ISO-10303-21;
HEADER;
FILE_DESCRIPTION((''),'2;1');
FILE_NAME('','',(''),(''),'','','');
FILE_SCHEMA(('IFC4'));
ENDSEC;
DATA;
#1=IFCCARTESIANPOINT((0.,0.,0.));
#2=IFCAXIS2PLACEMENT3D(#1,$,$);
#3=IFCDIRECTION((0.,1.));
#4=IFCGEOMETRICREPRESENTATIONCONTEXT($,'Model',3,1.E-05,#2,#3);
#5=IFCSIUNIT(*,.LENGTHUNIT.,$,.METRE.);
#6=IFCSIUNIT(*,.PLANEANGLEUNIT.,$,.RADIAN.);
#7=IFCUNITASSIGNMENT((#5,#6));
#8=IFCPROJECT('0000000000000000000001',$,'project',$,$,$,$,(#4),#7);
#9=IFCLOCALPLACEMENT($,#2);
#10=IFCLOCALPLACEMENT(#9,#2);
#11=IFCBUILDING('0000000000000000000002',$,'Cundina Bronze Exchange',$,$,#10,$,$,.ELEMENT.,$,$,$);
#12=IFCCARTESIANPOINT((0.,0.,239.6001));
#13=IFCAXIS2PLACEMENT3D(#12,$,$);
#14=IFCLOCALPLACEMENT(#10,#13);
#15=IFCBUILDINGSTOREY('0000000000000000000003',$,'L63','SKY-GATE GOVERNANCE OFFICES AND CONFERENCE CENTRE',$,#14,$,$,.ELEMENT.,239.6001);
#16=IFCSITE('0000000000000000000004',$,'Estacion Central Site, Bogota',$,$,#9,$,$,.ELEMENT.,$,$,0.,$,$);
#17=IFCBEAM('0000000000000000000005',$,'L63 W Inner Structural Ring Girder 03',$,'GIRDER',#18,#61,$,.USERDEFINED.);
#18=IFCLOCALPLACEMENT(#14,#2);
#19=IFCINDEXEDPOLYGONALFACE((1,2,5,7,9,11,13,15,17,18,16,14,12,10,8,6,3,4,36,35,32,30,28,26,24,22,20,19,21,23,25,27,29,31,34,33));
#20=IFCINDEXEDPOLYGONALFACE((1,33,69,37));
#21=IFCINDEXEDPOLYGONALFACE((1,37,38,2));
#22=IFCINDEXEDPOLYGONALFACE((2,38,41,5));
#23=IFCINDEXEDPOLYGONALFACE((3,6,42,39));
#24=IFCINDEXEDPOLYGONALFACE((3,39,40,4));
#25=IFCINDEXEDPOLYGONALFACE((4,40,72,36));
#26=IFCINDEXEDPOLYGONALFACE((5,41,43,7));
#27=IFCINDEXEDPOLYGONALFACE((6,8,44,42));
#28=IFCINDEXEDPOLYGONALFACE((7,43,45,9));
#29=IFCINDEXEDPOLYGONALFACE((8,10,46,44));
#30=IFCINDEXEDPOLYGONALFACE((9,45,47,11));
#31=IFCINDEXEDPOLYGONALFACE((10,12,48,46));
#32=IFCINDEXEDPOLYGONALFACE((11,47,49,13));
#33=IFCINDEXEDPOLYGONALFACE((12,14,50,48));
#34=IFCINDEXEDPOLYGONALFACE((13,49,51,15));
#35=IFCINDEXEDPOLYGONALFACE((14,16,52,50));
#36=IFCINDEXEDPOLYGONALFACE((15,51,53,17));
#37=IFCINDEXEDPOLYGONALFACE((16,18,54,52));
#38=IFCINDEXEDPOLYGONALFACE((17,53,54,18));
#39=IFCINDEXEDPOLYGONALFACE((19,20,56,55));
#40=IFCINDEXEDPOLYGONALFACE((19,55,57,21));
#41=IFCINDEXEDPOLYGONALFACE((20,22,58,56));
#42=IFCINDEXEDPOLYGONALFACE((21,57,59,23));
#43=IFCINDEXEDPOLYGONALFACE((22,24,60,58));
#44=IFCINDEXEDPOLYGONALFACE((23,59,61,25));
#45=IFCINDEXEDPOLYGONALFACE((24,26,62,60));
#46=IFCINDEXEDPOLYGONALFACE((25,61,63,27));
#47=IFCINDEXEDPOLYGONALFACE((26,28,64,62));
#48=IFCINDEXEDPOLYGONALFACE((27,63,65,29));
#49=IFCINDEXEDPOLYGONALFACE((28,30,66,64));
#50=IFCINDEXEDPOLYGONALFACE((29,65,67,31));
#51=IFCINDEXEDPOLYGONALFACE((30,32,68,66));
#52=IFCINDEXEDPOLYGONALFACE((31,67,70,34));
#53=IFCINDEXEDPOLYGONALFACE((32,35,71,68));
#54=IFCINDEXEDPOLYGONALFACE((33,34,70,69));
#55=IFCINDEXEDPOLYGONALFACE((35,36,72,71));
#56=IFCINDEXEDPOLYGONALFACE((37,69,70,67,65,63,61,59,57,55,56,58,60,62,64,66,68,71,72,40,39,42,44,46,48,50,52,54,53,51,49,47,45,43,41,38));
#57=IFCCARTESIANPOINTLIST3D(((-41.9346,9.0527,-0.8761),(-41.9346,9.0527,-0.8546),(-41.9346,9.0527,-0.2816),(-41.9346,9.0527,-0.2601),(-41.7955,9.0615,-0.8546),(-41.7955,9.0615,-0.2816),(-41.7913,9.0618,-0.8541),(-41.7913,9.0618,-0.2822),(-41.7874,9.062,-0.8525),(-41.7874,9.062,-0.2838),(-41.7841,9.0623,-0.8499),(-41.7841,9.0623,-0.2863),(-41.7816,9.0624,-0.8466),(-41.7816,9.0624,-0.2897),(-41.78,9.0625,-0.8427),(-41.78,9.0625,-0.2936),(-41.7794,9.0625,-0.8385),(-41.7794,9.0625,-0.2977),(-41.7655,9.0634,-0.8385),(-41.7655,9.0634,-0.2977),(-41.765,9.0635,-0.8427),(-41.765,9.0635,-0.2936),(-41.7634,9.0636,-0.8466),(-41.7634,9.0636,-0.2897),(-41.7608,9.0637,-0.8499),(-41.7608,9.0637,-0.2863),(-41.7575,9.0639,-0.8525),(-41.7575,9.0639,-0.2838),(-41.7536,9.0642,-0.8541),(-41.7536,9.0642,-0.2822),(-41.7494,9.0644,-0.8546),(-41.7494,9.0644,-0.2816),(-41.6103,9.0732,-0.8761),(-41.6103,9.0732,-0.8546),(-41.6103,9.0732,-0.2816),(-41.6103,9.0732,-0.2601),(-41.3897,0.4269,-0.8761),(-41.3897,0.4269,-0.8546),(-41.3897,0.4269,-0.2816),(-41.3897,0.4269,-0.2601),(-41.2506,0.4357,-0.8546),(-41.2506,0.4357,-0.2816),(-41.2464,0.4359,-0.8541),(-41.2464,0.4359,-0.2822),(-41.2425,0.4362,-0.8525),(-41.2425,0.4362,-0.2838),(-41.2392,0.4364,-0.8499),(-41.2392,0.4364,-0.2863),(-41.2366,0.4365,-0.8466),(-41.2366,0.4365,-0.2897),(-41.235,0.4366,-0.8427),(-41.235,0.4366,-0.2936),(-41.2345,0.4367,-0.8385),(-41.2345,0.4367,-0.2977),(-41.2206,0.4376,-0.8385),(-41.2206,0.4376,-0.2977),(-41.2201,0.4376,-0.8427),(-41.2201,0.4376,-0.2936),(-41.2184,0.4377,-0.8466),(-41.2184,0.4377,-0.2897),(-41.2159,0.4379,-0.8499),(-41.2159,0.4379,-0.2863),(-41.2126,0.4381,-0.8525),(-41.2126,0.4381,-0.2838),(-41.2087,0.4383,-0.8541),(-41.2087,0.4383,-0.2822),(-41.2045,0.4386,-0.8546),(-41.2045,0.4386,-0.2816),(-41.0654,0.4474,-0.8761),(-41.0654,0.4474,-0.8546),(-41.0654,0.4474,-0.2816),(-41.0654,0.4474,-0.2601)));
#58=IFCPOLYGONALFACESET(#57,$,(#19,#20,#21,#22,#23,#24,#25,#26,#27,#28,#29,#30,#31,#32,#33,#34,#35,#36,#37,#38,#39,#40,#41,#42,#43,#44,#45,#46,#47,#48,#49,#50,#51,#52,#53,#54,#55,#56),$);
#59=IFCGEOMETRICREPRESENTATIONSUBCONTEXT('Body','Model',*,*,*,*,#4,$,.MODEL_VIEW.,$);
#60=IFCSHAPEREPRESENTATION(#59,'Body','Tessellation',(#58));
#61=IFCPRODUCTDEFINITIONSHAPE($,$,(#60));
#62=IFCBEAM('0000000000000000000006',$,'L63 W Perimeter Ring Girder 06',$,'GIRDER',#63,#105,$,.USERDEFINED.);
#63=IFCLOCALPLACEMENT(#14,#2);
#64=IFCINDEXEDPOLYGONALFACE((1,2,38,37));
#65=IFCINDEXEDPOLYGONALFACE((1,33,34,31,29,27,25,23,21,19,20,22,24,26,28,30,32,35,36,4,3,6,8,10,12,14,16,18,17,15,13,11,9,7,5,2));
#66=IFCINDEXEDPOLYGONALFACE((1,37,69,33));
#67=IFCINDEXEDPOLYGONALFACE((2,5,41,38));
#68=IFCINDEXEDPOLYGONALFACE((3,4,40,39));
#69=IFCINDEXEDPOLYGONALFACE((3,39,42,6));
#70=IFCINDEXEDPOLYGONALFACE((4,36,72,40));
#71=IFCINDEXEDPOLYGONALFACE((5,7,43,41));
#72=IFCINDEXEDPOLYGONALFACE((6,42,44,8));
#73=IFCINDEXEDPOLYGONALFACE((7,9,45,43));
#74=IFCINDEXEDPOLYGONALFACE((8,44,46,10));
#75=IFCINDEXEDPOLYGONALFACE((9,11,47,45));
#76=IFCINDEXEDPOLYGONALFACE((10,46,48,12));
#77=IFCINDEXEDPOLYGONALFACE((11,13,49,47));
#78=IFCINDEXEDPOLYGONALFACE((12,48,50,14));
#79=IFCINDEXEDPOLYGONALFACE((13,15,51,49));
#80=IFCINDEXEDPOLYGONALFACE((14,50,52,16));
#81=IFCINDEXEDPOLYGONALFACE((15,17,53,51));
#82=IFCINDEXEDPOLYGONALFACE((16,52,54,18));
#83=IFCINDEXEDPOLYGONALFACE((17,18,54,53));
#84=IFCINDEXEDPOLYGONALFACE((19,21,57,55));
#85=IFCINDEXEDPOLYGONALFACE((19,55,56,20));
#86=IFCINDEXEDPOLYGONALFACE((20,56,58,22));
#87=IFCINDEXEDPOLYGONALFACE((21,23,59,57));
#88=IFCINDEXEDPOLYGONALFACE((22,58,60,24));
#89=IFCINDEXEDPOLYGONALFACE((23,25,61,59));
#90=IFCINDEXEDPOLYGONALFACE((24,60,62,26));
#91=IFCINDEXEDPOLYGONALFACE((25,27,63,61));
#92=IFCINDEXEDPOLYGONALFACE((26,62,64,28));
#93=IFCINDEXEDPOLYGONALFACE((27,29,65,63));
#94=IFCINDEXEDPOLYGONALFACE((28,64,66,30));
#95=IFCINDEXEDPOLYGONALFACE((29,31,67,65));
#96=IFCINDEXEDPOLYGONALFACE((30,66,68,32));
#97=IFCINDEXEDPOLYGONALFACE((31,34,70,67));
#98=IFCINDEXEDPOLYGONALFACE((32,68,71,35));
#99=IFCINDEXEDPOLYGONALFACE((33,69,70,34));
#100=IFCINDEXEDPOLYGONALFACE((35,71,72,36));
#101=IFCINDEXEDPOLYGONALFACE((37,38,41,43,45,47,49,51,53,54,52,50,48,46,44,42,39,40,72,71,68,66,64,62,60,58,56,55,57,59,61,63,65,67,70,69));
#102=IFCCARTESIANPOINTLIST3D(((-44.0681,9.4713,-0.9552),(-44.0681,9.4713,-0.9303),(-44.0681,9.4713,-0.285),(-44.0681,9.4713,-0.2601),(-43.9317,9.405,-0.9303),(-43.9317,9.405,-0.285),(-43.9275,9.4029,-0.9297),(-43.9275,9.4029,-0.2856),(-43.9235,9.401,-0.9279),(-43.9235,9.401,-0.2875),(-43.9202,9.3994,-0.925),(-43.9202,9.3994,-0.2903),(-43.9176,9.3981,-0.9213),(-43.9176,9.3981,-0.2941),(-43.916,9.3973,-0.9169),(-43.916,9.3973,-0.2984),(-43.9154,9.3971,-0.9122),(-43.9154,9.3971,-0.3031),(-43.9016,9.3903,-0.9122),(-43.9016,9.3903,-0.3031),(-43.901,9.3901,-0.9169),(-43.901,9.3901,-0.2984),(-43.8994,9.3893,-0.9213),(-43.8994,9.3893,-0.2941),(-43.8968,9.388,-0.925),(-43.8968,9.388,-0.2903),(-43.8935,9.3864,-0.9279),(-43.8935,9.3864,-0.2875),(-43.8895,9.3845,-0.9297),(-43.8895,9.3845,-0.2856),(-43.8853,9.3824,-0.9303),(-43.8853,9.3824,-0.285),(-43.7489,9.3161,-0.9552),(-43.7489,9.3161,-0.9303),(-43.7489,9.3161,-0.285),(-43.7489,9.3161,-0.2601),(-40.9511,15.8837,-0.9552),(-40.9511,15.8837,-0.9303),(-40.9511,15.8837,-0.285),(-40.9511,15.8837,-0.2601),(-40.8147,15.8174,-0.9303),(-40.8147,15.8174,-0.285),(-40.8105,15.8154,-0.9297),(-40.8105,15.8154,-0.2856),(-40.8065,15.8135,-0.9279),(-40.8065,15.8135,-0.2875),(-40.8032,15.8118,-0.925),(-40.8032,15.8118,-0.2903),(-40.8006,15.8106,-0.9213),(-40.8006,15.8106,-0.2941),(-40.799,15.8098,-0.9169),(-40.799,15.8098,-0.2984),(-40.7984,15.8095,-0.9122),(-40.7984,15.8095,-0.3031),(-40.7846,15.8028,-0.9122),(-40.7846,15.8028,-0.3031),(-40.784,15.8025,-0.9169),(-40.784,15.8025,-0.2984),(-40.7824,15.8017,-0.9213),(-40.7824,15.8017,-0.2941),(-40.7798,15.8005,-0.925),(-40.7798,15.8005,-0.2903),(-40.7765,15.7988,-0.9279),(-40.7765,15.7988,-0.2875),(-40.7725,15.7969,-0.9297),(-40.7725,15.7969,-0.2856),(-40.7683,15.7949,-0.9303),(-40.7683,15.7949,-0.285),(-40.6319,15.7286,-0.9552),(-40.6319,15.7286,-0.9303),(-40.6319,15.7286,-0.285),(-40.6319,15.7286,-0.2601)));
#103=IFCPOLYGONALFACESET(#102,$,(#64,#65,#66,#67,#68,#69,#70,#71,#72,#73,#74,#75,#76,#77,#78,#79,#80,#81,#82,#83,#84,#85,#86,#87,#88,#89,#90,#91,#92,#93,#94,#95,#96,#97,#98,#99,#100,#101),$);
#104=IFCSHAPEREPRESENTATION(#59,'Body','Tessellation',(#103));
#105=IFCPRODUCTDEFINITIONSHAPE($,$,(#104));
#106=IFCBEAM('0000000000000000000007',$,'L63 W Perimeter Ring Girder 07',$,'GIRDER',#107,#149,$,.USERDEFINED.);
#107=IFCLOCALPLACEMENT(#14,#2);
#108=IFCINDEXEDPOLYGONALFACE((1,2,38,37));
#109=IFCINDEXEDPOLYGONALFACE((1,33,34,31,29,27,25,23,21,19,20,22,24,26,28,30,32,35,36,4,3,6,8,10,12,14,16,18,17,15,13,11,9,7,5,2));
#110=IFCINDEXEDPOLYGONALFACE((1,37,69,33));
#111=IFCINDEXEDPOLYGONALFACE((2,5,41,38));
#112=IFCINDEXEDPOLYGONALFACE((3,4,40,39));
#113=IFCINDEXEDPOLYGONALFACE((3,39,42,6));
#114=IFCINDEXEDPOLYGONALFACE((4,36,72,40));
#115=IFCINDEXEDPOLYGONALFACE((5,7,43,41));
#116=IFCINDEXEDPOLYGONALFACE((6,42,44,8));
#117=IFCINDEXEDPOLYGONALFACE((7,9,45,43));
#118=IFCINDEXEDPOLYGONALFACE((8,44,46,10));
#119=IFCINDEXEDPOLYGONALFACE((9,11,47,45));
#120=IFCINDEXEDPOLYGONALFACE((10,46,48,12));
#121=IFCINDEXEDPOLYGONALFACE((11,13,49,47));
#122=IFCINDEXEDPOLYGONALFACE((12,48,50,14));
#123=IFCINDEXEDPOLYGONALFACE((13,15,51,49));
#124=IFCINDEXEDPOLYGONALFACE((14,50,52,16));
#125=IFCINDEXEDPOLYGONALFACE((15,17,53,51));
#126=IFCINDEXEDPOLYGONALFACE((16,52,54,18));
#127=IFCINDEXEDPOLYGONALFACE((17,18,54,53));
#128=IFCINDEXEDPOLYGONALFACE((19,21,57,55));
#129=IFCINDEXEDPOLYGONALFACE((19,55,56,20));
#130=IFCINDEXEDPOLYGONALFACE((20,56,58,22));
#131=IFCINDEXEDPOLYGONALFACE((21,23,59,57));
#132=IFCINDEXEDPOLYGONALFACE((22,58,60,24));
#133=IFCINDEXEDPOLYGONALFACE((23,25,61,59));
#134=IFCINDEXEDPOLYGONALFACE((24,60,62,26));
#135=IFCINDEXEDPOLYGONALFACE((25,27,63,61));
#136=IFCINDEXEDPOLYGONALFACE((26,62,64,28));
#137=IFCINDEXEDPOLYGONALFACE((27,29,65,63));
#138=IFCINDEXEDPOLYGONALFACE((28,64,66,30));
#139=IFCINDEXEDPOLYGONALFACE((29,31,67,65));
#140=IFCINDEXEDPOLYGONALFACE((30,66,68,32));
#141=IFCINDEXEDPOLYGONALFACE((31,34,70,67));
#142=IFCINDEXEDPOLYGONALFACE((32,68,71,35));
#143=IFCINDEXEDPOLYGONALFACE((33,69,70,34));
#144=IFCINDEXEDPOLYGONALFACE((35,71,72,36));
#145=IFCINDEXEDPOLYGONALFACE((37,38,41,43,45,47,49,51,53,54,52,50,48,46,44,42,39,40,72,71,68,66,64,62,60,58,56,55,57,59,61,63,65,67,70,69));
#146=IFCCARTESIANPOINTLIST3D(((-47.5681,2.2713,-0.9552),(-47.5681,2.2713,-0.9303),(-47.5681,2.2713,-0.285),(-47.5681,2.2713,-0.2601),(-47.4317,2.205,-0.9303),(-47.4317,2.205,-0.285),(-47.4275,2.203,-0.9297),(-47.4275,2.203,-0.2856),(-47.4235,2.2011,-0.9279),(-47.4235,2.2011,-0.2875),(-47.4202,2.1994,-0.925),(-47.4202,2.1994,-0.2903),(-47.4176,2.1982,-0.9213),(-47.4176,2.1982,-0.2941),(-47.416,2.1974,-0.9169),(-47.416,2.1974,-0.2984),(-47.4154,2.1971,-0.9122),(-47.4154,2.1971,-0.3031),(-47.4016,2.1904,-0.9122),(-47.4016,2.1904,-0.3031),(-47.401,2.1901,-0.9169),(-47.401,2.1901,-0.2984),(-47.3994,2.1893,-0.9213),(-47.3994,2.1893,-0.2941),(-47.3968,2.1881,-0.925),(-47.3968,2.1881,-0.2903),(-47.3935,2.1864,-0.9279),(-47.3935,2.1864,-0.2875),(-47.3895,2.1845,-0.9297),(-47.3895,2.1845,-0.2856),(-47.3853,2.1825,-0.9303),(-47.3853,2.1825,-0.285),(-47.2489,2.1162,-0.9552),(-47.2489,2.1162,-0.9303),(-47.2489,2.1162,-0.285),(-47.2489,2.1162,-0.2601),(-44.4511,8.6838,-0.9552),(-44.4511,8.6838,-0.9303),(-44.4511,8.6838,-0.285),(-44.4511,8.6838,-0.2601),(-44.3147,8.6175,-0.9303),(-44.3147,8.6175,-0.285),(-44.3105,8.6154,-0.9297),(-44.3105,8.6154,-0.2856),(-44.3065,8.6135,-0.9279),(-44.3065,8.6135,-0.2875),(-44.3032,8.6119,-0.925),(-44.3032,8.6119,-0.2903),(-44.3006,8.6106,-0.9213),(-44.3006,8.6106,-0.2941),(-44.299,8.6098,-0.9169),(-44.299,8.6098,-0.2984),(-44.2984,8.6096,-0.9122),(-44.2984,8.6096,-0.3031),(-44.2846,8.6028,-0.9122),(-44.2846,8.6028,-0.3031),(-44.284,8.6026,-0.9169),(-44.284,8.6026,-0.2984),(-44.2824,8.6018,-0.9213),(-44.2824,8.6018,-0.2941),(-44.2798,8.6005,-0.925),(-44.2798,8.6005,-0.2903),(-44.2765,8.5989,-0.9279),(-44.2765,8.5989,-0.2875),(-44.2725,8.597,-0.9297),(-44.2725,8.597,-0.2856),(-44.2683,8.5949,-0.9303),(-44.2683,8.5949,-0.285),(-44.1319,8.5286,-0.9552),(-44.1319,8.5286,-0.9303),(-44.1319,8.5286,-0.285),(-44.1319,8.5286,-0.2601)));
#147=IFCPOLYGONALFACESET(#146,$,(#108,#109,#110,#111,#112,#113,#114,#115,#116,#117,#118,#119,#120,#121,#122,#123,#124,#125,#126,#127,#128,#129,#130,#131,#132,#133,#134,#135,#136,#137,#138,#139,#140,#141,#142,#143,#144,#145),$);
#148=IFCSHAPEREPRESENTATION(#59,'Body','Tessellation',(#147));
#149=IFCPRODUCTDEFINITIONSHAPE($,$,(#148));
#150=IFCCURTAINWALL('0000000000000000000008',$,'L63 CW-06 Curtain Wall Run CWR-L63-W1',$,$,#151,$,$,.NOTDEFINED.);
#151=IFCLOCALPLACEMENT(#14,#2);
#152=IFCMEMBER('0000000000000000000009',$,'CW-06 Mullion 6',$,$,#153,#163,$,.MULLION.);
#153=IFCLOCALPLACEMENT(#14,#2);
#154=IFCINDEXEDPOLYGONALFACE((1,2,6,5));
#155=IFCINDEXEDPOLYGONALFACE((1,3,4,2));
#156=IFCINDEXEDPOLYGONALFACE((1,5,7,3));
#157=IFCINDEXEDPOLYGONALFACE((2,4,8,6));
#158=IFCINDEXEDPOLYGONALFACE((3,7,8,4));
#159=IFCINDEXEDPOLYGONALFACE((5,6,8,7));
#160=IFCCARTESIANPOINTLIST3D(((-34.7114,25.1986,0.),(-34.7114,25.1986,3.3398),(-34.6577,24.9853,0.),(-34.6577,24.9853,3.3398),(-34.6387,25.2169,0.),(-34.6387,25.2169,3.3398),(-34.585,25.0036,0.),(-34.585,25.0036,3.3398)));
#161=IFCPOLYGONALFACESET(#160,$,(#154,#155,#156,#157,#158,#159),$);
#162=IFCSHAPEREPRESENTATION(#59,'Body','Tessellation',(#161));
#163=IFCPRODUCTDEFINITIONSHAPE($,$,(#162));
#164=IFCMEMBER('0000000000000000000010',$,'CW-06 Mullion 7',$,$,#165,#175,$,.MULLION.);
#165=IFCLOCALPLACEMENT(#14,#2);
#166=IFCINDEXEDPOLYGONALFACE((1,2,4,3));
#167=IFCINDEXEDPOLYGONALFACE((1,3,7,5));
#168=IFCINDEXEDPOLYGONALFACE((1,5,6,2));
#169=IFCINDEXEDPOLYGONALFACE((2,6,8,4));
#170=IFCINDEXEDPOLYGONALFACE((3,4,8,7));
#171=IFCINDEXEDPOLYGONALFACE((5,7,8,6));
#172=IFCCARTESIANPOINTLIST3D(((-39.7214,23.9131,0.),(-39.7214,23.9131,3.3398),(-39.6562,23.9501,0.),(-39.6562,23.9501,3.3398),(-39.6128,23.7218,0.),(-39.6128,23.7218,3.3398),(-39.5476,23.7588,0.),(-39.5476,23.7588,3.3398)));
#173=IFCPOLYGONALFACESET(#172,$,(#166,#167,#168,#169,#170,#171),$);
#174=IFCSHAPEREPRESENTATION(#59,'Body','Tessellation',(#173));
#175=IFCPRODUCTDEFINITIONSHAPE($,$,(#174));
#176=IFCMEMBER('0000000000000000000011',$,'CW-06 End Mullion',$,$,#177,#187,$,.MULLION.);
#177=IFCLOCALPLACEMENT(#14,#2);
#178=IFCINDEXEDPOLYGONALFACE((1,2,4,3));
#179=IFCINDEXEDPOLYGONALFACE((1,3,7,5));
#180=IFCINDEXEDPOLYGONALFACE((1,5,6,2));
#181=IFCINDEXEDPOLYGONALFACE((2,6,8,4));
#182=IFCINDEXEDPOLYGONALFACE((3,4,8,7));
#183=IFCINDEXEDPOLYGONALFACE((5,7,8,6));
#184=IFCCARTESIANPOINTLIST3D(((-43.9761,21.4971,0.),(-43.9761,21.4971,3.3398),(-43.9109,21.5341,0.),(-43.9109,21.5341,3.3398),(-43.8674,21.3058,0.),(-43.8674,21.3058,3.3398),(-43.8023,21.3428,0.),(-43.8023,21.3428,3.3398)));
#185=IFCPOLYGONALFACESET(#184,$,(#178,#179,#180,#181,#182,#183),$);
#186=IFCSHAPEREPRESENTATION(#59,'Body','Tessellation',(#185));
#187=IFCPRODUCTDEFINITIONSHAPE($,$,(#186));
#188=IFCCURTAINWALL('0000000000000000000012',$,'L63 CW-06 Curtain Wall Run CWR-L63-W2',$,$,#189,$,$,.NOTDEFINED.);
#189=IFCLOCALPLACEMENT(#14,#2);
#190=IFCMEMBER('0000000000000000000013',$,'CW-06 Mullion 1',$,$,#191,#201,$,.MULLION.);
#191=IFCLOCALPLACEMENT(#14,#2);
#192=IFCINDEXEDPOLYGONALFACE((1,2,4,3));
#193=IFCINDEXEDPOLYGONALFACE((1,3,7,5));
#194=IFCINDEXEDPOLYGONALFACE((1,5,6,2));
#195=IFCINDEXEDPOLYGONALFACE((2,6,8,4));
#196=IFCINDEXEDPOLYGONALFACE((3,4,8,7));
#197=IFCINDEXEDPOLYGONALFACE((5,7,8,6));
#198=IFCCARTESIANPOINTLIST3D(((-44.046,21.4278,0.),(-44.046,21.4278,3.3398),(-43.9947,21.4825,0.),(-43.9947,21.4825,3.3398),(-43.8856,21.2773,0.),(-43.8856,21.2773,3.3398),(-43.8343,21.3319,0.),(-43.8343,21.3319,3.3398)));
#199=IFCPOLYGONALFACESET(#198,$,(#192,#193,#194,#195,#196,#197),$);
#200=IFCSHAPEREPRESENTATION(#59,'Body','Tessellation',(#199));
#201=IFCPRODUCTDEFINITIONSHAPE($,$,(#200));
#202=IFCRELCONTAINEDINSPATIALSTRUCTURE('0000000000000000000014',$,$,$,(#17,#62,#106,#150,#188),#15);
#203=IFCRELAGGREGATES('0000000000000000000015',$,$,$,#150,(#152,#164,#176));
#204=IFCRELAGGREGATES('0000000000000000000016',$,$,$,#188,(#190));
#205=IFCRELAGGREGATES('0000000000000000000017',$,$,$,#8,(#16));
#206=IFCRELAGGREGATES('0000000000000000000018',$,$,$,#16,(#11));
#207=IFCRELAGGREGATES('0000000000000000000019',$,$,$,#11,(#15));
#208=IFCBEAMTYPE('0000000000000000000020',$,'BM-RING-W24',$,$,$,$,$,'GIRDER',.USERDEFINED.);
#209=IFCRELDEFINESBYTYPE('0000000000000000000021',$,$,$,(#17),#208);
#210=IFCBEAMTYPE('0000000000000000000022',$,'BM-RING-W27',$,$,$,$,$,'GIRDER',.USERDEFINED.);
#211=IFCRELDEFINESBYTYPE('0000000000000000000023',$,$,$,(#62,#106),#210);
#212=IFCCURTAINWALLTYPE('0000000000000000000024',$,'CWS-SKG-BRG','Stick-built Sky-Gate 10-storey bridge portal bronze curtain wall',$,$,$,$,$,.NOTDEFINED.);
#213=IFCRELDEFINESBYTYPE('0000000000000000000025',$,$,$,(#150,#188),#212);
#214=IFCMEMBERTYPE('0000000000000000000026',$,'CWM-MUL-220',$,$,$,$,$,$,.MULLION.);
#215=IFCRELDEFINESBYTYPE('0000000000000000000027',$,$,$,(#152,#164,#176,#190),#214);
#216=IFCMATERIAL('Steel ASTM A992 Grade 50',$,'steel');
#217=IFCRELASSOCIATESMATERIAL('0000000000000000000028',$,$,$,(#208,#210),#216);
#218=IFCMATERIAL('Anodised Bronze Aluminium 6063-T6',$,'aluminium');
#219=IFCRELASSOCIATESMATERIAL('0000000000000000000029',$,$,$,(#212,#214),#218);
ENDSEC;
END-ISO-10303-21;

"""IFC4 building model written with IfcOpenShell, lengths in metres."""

from ifc_helpers import new_model, si_unit, direction, frame, origin, origin_2d, place, context, subcontext, project, spatial, rectangle, i_section, extrude, material, material_profile, profile_set, type_object, element, aggregate, save


model = new_model("IFC4")

# Units and contexts
model_context = context("Model", 3, precision=1e-05, world=origin(), true_north=direction((0.0, 1.0)))
body_context = subcontext(model_context, "Body", "Model", "MODEL_VIEW")
ifc_project = project(units=[si_unit("LENGTHUNIT", "METRE"), si_unit("PLANEANGLEUNIT", "RADIAN")], contexts=[model_context])

# Site, building, storey
site_placement = place(None, origin())
site = spatial("IfcSite", under=ifc_project, at=site_placement, Name="Estacion Central Site, Bogota", CompositionType="ELEMENT", RefElevation=0.0)
building_placement = place(site_placement, origin())
building = spatial("IfcBuilding", under=site, at=building_placement, Name="Cundina Bronze Exchange", CompositionType="ELEMENT")
storey_placement = place(building_placement, frame((0.0, 0.0, 239.6001)))
storey = spatial("IfcBuildingStorey", under=building, at=storey_placement, Name="L63", Description="SKY-GATE GOVERNANCE OFFICES AND CONFERENCE CENTRE", CompositionType="ELEMENT", Elevation=239.6001)

# Beams
ifc_material_1 = material(Name="Steel ASTM A992 Grade 50", Category="steel")
ifc_material_profile_1 = material_profile(ifc_material_1, i_section(OverallWidth=0.325, OverallDepth=0.616, WebThickness=0.0139, FlangeThickness=0.0215, FilletRadius=0.0161, at=origin_2d()), Name="W24X117", Category="steel")
ifc_profile_set_1 = profile_set([ifc_material_profile_1], Name="Steel ASTM A992 Grade 50")
beam_type_1 = type_object("IfcBeamType", Name="BM-RING-W24", ElementType="GIRDER", PredefinedType="USERDEFINED", material=ifc_profile_set_1)
beam_1_placement = place(storey_placement, frame((-41.7725, 9.063, -0.5681), z_axis=(0.063047, -0.998011, 0.0), x_axis=(0.998011, 0.063047, 0.0)))
element("IfcBeam", 1, at=beam_1_placement, inside=storey, type_object=beam_type_1, Name="L63 W Inner Structural Ring Girder 03", ObjectType="GIRDER", PredefinedType="USERDEFINED", context=body_context, shape_type="SweptSolid", body=[
    extrude(i_section(OverallWidth=0.325, OverallDepth=0.616, WebThickness=0.0139, FlangeThickness=0.0215, FilletRadius=0.0161, at=origin_2d()), origin(), (0.0, 0.0, 1.0), 8.6431),
])
ifc_material_profile_2 = material_profile(ifc_material_1, i_section(OverallWidth=0.355, OverallDepth=0.6951, WebThickness=0.0154, FlangeThickness=0.0249, FilletRadius=0.0181, at=origin_2d()), Name="W27X146", Category="steel")
ifc_profile_set_2 = profile_set([ifc_material_profile_2], Name="Steel ASTM A992 Grade 50")
beam_type_2 = type_object("IfcBeamType", Name="BM-RING-W27", ElementType="GIRDER", PredefinedType="USERDEFINED", material=ifc_profile_set_2)
for number, where, z_axis, x_axis, name in (
    (2, (-40.7915, 15.8062, -0.6077), (-0.437173, -0.899377, 0.0), (0.899377, -0.437173, 0.0), "L63 W Perimeter Ring Girder 06"),
    (3, (-44.2915, 8.6062, -0.6077), (-0.437173, -0.899377, 0.0), (0.899377, -0.437173, 0.0), "L63 W Perimeter Ring Girder 07"),
):
    element("IfcBeam", number, at=place(storey_placement, frame(where, z_axis=z_axis, x_axis=x_axis)), inside=storey, type_object=beam_type_2, Name=name, ObjectType="GIRDER", PredefinedType="USERDEFINED", context=body_context, shape_type="SweptSolid", body=[
        extrude(i_section(OverallWidth=0.355, OverallDepth=0.6951, WebThickness=0.0154, FlangeThickness=0.0249, FilletRadius=0.0181, at=origin_2d()), origin(), (0.0, 0.0, 1.0), 7.1299),
    ])

# Curtain walls, members
ifc_material_2 = material(Name="Anodised Bronze Aluminium 6063-T6", Category="aluminium")
curtain_wall_type = type_object("IfcCurtainWallType", Name="CWS-SKG-BRG", Description="Stick-built Sky-Gate 10-storey bridge portal bronze curtain wall", PredefinedType="NOTDEFINED", material=ifc_material_2)
curtain_wall_1_placement = place(storey_placement, origin())
curtain_wall_1 = element("IfcCurtainWall", 4, at=curtain_wall_1_placement, inside=storey, type_object=curtain_wall_type, Name="L63 CW-06 Curtain Wall Run CWR-L63-W1", PredefinedType="NOTDEFINED")
ifc_material_profile_3 = material_profile(ifc_material_2, rectangle(XDim=0.075, YDim=0.22, at=origin_2d()), Name="AL75X220", Category="aluminium")
ifc_profile_set_3 = profile_set([ifc_material_profile_3], Name="Anodised Bronze Aluminium 6063-T6")
member_type_1 = type_object("IfcMemberType", Name="CWM-MUL-220", PredefinedType="MULLION", material=ifc_profile_set_3)
member_1_placement = place(storey_placement, frame((-34.6482, 25.1011, 0.0), z_axis=(0.0, 0.0, 1.0), x_axis=(-0.969744, -0.244123, 0.0)))
member_1 = element("IfcMember", 5, at=member_1_placement, type_object=member_type_1, Name="CW-06 Mullion 6", PredefinedType="MULLION", context=body_context, shape_type="SweptSolid", body=[
    extrude(rectangle(XDim=0.075, YDim=0.22, at=origin_2d()), origin(), (0.0, 0.0, 1.0), 3.3398),
])
member_2_placement = place(storey_placement, frame((-39.6345, 23.8359, 0.0), z_axis=(0.0, 0.0, 1.0), x_axis=(-0.869581, -0.49379, 0.0)))
member_2 = element("IfcMember", 6, at=member_2_placement, type_object=member_type_1, Name="CW-06 Mullion 7", PredefinedType="MULLION", context=body_context, shape_type="SweptSolid", body=[
    extrude(rectangle(XDim=0.075, YDim=0.22, at=origin_2d()), origin(), (0.0, 0.0, 1.0), 3.3398),
])
member_3_placement = place(storey_placement, frame((-43.8892, 21.4199, 0.0), z_axis=(0.0, 0.0, 1.0), x_axis=(-0.869581, -0.49379, 0.0)))
member_3 = element("IfcMember", 7, at=member_3_placement, type_object=member_type_1, Name="CW-06 End Mullion", PredefinedType="MULLION", context=body_context, shape_type="SweptSolid", body=[
    extrude(rectangle(XDim=0.075, YDim=0.22, at=origin_2d()), origin(), (0.0, 0.0, 1.0), 3.3398),
])
curtain_wall_2_placement = place(storey_placement, origin())
curtain_wall_2 = element("IfcCurtainWall", 8, at=curtain_wall_2_placement, inside=storey, type_object=curtain_wall_type, Name="L63 CW-06 Curtain Wall Run CWR-L63-W2", PredefinedType="NOTDEFINED")
member_4_placement = place(storey_placement, frame((-43.9402, 21.3799, 0.0), z_axis=(0.0, 0.0, 1.0), x_axis=(-0.684293, -0.729208, 0.0)))
member_4 = element("IfcMember", 9, at=member_4_placement, type_object=member_type_1, Name="CW-06 Mullion 1", PredefinedType="MULLION", context=body_context, shape_type="SweptSolid", body=[
    extrude(rectangle(XDim=0.075, YDim=0.22, at=origin_2d()), origin(), (0.0, 0.0, 1.0), 3.3398),
])

aggregate(curtain_wall_1, [member_1, member_2, member_3])
aggregate(curtain_wall_2, [member_4])

save(model, "model.ifc")
